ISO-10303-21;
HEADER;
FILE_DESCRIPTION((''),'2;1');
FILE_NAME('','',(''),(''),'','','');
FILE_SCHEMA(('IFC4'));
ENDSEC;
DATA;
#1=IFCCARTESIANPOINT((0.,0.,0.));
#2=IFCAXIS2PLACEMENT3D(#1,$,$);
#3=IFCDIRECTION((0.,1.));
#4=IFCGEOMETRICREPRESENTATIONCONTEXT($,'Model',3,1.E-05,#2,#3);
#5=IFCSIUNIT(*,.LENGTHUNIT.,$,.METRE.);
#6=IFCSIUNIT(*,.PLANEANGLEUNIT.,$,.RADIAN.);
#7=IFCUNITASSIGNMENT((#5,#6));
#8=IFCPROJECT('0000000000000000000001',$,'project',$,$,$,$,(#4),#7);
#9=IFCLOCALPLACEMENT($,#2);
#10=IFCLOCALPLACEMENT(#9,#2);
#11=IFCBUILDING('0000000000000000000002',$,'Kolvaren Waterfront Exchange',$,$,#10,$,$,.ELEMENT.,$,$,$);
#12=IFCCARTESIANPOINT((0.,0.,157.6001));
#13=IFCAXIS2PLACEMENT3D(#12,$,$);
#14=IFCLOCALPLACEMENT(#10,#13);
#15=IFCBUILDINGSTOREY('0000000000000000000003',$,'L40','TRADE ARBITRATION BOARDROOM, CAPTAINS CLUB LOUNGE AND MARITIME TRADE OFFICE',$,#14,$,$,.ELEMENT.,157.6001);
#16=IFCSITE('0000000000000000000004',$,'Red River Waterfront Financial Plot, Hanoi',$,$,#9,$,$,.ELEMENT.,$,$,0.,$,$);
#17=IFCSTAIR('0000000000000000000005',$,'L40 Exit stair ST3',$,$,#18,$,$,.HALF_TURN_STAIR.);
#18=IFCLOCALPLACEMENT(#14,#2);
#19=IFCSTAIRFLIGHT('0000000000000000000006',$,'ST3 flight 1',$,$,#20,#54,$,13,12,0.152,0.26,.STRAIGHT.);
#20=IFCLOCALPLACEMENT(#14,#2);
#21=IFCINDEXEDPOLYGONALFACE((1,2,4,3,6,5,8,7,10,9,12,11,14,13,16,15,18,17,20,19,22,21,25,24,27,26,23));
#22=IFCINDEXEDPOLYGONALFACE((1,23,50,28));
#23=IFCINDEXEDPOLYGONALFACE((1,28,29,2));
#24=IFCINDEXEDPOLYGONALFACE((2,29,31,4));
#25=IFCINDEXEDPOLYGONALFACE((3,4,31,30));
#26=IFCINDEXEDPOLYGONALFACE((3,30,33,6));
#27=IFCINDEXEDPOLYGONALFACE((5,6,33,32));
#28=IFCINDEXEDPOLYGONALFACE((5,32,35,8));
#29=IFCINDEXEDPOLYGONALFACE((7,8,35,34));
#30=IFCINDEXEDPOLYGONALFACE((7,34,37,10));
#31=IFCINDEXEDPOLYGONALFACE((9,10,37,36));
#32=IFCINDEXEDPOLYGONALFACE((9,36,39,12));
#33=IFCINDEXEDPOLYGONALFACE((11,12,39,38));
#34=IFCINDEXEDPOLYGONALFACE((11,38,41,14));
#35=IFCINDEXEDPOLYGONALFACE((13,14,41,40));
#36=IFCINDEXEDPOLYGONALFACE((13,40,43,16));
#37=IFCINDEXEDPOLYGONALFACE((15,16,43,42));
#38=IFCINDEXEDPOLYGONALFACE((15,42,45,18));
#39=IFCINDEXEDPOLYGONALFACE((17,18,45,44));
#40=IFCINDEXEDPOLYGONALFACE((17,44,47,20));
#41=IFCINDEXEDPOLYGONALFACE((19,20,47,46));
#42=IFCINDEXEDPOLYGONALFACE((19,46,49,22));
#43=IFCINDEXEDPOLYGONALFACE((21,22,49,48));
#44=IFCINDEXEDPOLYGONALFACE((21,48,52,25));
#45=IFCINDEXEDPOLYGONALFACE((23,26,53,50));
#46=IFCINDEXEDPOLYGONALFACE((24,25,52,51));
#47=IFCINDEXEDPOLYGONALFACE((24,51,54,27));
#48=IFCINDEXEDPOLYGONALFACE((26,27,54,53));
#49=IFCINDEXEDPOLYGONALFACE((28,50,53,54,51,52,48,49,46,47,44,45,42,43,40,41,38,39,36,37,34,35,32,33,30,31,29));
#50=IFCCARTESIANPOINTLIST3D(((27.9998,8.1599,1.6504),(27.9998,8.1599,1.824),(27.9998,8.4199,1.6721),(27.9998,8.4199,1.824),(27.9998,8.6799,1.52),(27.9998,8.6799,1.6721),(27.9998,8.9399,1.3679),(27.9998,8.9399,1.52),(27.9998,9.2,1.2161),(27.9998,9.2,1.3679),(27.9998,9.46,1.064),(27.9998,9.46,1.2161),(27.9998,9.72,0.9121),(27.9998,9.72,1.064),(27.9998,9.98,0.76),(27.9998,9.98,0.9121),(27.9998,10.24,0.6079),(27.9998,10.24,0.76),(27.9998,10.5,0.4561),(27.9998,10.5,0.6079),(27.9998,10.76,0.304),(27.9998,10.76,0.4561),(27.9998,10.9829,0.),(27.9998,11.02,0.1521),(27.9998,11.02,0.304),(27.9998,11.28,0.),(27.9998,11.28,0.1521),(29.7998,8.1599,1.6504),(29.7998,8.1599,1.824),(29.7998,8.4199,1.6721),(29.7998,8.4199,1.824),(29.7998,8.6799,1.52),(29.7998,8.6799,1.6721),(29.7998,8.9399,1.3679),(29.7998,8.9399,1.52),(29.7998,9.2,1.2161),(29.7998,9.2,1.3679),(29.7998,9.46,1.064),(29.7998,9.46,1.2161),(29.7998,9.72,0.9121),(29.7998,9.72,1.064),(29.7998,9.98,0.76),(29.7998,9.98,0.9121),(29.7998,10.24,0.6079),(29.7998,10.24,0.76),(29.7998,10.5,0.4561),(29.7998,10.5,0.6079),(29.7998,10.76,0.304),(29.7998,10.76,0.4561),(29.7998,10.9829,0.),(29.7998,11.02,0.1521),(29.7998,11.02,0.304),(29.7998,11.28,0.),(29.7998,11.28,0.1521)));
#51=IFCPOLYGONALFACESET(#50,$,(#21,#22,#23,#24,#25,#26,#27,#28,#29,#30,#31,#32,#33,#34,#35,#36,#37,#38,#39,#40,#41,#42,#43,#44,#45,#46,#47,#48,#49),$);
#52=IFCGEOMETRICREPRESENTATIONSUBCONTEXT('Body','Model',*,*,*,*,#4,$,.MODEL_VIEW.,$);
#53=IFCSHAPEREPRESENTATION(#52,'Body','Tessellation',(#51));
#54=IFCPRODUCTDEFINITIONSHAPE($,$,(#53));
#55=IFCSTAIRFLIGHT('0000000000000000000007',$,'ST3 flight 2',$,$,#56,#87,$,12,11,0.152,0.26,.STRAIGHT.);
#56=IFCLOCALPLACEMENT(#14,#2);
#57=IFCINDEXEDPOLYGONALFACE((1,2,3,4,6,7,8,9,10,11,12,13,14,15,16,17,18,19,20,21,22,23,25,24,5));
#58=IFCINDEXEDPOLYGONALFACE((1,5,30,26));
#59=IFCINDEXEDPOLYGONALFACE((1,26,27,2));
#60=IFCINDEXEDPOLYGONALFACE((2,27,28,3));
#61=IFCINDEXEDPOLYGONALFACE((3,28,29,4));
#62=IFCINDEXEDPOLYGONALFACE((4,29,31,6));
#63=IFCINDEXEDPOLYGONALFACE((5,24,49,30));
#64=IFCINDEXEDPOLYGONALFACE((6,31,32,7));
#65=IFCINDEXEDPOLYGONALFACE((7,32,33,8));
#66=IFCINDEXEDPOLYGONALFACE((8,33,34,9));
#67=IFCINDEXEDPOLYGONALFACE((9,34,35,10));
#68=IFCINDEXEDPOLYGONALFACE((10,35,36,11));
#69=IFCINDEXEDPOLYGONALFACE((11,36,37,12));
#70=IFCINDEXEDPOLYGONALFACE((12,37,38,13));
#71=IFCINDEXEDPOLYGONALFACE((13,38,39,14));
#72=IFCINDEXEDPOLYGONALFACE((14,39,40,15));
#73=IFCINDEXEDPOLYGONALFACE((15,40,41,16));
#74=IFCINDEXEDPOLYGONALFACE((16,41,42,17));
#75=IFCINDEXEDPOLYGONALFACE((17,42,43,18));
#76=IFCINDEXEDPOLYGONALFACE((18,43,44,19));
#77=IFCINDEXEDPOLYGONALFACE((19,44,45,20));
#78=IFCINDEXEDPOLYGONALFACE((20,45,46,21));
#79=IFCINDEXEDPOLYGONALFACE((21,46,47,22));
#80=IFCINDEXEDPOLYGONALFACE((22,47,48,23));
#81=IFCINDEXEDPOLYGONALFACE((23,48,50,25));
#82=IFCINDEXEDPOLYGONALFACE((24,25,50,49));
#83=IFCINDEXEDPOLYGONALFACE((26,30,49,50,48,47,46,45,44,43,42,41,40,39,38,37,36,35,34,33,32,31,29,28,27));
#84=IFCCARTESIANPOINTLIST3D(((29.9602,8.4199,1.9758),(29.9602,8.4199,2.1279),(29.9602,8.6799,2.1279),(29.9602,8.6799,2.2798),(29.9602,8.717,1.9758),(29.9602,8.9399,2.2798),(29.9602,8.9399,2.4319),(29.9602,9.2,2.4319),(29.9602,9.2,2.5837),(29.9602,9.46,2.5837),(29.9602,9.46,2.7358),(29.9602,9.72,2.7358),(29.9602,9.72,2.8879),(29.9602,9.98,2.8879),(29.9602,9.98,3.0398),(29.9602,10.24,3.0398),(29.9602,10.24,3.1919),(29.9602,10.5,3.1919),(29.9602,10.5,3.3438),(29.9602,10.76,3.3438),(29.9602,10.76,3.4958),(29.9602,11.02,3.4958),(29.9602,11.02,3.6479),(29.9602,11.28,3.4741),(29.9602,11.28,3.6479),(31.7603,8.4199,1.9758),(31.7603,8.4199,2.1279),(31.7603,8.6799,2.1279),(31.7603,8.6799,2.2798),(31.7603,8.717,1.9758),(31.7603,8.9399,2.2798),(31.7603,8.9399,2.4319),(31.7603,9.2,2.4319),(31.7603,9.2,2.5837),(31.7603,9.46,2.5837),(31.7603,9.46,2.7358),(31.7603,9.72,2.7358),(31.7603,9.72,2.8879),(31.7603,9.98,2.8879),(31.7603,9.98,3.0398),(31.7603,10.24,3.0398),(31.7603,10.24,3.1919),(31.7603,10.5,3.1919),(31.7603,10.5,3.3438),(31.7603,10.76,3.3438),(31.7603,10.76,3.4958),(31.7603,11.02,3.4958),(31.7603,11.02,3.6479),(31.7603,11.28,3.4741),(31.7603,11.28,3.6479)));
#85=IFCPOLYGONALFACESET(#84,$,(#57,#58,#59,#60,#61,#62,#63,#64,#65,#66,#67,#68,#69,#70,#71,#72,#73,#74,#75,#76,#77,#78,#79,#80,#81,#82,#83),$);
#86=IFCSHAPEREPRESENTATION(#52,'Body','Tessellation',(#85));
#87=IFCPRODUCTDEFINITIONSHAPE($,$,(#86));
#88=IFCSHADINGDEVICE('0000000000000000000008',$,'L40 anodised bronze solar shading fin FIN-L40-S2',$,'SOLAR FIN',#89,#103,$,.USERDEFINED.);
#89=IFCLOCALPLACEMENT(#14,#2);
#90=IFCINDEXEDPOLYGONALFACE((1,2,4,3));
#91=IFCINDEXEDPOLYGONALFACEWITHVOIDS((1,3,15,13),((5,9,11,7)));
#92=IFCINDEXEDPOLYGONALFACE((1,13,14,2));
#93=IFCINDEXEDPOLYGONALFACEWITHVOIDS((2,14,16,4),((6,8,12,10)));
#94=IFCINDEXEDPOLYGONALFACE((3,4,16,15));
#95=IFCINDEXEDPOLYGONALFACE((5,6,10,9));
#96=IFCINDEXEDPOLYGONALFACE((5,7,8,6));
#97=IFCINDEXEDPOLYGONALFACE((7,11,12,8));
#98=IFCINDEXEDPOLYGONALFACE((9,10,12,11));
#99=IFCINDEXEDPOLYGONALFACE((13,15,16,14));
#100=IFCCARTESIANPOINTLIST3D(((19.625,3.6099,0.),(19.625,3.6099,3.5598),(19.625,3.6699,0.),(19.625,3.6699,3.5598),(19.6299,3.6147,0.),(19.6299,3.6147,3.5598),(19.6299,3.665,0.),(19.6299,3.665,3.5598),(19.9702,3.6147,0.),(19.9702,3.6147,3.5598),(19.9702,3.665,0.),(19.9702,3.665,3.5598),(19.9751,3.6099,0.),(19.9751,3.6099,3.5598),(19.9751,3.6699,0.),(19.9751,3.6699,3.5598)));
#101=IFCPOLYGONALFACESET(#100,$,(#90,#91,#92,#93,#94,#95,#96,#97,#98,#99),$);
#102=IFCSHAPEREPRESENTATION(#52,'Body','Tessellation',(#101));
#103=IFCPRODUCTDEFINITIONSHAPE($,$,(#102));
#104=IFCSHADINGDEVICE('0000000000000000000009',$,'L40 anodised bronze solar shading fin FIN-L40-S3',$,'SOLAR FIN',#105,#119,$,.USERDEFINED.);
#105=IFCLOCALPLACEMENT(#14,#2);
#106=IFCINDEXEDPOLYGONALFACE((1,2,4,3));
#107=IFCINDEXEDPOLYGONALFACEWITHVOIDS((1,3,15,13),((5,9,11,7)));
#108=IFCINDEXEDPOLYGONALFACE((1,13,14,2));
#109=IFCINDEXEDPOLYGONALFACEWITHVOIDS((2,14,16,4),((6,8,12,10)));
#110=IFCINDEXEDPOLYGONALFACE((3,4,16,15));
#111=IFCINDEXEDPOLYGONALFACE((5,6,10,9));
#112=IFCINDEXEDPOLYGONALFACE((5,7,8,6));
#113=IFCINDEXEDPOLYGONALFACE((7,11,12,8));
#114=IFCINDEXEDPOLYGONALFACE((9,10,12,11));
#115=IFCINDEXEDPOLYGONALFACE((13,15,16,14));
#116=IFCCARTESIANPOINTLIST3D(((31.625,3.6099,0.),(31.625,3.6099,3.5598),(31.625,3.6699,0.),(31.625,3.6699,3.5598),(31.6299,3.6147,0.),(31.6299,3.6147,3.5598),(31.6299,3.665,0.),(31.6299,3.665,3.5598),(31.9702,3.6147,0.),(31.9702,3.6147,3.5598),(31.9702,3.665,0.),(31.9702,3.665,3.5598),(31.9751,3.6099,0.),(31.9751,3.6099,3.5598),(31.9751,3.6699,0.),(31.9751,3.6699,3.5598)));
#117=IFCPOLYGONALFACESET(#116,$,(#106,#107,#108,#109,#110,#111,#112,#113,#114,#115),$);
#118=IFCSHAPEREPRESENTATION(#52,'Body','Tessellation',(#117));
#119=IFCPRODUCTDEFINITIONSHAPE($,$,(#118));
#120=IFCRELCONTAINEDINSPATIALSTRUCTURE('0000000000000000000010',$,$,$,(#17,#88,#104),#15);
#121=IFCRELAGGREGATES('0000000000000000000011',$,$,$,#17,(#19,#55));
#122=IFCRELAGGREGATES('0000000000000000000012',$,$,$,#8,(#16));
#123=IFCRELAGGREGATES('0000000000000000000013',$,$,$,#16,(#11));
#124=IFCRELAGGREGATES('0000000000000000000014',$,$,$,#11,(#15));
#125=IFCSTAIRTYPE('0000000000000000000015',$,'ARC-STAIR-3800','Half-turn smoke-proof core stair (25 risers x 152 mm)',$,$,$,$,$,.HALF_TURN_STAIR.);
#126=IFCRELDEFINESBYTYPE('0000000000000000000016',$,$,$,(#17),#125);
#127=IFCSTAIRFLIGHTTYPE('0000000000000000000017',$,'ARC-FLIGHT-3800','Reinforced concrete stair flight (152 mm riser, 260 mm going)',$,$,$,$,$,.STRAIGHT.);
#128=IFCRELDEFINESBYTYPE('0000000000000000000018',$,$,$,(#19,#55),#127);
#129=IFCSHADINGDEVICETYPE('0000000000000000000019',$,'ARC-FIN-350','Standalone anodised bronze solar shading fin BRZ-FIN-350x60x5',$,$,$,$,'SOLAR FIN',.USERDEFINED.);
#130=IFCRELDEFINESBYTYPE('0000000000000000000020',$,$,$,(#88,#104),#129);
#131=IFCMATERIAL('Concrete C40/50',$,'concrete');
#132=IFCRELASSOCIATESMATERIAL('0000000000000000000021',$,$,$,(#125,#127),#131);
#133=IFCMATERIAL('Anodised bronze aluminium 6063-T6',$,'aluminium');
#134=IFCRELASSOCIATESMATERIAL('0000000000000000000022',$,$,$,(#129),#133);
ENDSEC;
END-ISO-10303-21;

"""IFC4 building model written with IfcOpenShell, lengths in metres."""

from ifc_helpers import new_model, si_unit, direction, frame, origin, origin_2d, place, context, subcontext, project, spatial, polyline, hollow_rectangle, outline, extrude, material, material_profile, profile_set, type_object, element, aggregate, save


model = new_model("IFC4")

# Units and contexts
model_context = context("Model", 3, precision=1e-05, world=origin(), true_north=direction((0.0, 1.0)))
body_context = subcontext(model_context, "Body", "Model", "MODEL_VIEW")
ifc_project = project(units=[si_unit("LENGTHUNIT", "METRE"), si_unit("PLANEANGLEUNIT", "RADIAN")], contexts=[model_context])

# Site, building, storey
site_placement = place(None, origin())
site = spatial("IfcSite", under=ifc_project, at=site_placement, Name="Red River Waterfront Financial Plot, Hanoi", CompositionType="ELEMENT", RefElevation=0.0)
building_placement = place(site_placement, origin())
building = spatial("IfcBuilding", under=site, at=building_placement, Name="Kolvaren Waterfront Exchange", CompositionType="ELEMENT")
storey_placement = place(building_placement, frame((0.0, 0.0, 157.6001)))
storey = spatial("IfcBuildingStorey", under=building, at=storey_placement, Name="L40", Description="TRADE ARBITRATION BOARDROOM, CAPTAINS CLUB LOUNGE AND MARITIME TRADE OFFICE", CompositionType="ELEMENT", Elevation=157.6001)

# Shared definitions
ifc_material_1 = material(Name="Anodised bronze aluminium 6063-T6", Category="aluminium")

# Shared definitions
ifc_material_2 = material(Name="Concrete C40/50", Category="concrete")

# Shared definitions
stair_type = type_object("IfcStairType", Name="ARC-STAIR-3800", Description="Half-turn smoke-proof core stair (25 risers x 152 mm)", PredefinedType="HALF_TURN_STAIR", material=ifc_material_2)
stair_flight_type = type_object("IfcStairFlightType", Name="ARC-FLIGHT-3800", Description="Reinforced concrete stair flight (152 mm riser, 260 mm going)", PredefinedType="STRAIGHT", material=ifc_material_2)

# Stair, stair flights
stair_1_placement = place(storey_placement, origin())
stair_1 = element("IfcStair", 1, at=stair_1_placement, inside=storey, type_object=stair_type, Name="L40 Exit stair ST3", PredefinedType="HALF_TURN_STAIR")
stair_flight_1_placement = place(storey_placement, frame((28.8999, 11.28, 0.0), z_axis=(0.0, 0.0, 1.0), x_axis=(0.0, -1.0, 0.0)))
stair_flight_1 = element("IfcStairFlight", 2, at=stair_flight_1_placement, type_object=stair_flight_type, Name="ST3 flight 1", NumberOfRisers=13, NumberOfTreads=12, PredefinedType="STRAIGHT", RiserHeight=0.152, TreadLength=0.26, context=body_context, shape_type="SweptSolid", body=[
    extrude(outline(polyline([(0.0, 0.0), (0.0, 0.1521), (0.26, 0.1521), (0.26, 0.304), (0.52, 0.304), (0.52, 0.4561), (0.78, 0.4561), (0.78, 0.6079), (1.04, 0.6079), (1.04, 0.76), (1.3, 0.76), (1.3, 0.9121), (1.5601, 0.9121), (1.5601, 1.064), (1.8201, 1.064), (1.8201, 1.2161), (2.0801, 1.2161), (2.0801, 1.3679), (2.3401, 1.3679), (2.3401, 1.52), (2.6001, 1.52), (2.6001, 1.6721), (2.8601, 1.6721), (2.8601, 1.824), (3.1201, 1.824), (3.1201, 1.9761), (3.1201, 1.6504), (0.2971, 0.0), (0.0, 0.0)])), frame((0.0, 0.8999, 0.0), z_axis=(0.0, -1.0, 0.0), x_axis=(1.0, 0.0, 0.0)), (0.0, 0.0, 1.0), 1.8),
])
stair_flight_2_placement = place(storey_placement, frame((30.8601, 8.4199, 1.9758), z_axis=(0.0, 0.0, 1.0), x_axis=(0.0, 1.0, 0.0)))
stair_flight_2 = element("IfcStairFlight", 3, at=stair_flight_2_placement, type_object=stair_flight_type, Name="ST3 flight 2", NumberOfRisers=12, NumberOfTreads=11, PredefinedType="STRAIGHT", RiserHeight=0.152, TreadLength=0.26, context=body_context, shape_type="SweptSolid", body=[
    extrude(outline(polyline([(0.0, 0.0), (0.0, 0.1521), (0.26, 0.1521), (0.26, 0.304), (0.52, 0.304), (0.52, 0.4561), (0.78, 0.4561), (0.78, 0.6079), (1.04, 0.6079), (1.04, 0.76), (1.3, 0.76), (1.3, 0.9121), (1.5601, 0.9121), (1.5601, 1.064), (1.8201, 1.064), (1.8201, 1.2161), (2.0801, 1.2161), (2.0801, 1.3679), (2.3401, 1.3679), (2.3401, 1.52), (2.6001, 1.52), (2.6001, 1.6721), (2.8601, 1.6721), (2.8601, 1.824), (2.8601, 1.4983), (0.2971, 0.0), (0.0, 0.0)])), frame((0.0, 0.8999, 0.0), z_axis=(0.0, -1.0, 0.0), x_axis=(1.0, 0.0, 0.0)), (0.0, 0.0, 1.0), 1.8),
])
aggregate(stair_1, [stair_flight_1, stair_flight_2])

# Shading devices
ifc_material_profile_1 = material_profile(ifc_material_1, hollow_rectangle(XDim=0.0601, YDim=0.3501, WallThickness=0.0049, at=origin_2d()), Name="BRZ-FIN-350x60x5")
ifc_profile_set_1 = profile_set([ifc_material_profile_1], Name="Anodised bronze aluminium 6063-T6")
shading_device_type = type_object("IfcShadingDeviceType", Name="ARC-FIN-350", Description="Standalone anodised bronze solar shading fin BRZ-FIN-350x60x5", ElementType="SOLAR FIN", PredefinedType="USERDEFINED", material=ifc_profile_set_1)
for number, where, z_axis, x_axis, name in (
    (4, (19.8, 3.6399, 0.0), (0.0, 0.0, 1.0), (0.0, -1.0, 0.0), "L40 anodised bronze solar shading fin FIN-L40-S2"),
    (5, (31.8, 3.6399, 0.0), (0.0, 0.0, 1.0), (0.0, -1.0, 0.0), "L40 anodised bronze solar shading fin FIN-L40-S3"),
):
    element("IfcShadingDevice", number, at=place(storey_placement, frame(where, z_axis=z_axis, x_axis=x_axis)), inside=storey, type_object=shading_device_type, Name=name, ObjectType="SOLAR FIN", PredefinedType="USERDEFINED", context=body_context, shape_type="SweptSolid", body=[
        extrude(hollow_rectangle(XDim=0.0601, YDim=0.3501, WallThickness=0.0049, at=origin_2d()), origin(), (0.0, 0.0, 1.0), 3.5598),
    ])

save(model, "model.ifc")
